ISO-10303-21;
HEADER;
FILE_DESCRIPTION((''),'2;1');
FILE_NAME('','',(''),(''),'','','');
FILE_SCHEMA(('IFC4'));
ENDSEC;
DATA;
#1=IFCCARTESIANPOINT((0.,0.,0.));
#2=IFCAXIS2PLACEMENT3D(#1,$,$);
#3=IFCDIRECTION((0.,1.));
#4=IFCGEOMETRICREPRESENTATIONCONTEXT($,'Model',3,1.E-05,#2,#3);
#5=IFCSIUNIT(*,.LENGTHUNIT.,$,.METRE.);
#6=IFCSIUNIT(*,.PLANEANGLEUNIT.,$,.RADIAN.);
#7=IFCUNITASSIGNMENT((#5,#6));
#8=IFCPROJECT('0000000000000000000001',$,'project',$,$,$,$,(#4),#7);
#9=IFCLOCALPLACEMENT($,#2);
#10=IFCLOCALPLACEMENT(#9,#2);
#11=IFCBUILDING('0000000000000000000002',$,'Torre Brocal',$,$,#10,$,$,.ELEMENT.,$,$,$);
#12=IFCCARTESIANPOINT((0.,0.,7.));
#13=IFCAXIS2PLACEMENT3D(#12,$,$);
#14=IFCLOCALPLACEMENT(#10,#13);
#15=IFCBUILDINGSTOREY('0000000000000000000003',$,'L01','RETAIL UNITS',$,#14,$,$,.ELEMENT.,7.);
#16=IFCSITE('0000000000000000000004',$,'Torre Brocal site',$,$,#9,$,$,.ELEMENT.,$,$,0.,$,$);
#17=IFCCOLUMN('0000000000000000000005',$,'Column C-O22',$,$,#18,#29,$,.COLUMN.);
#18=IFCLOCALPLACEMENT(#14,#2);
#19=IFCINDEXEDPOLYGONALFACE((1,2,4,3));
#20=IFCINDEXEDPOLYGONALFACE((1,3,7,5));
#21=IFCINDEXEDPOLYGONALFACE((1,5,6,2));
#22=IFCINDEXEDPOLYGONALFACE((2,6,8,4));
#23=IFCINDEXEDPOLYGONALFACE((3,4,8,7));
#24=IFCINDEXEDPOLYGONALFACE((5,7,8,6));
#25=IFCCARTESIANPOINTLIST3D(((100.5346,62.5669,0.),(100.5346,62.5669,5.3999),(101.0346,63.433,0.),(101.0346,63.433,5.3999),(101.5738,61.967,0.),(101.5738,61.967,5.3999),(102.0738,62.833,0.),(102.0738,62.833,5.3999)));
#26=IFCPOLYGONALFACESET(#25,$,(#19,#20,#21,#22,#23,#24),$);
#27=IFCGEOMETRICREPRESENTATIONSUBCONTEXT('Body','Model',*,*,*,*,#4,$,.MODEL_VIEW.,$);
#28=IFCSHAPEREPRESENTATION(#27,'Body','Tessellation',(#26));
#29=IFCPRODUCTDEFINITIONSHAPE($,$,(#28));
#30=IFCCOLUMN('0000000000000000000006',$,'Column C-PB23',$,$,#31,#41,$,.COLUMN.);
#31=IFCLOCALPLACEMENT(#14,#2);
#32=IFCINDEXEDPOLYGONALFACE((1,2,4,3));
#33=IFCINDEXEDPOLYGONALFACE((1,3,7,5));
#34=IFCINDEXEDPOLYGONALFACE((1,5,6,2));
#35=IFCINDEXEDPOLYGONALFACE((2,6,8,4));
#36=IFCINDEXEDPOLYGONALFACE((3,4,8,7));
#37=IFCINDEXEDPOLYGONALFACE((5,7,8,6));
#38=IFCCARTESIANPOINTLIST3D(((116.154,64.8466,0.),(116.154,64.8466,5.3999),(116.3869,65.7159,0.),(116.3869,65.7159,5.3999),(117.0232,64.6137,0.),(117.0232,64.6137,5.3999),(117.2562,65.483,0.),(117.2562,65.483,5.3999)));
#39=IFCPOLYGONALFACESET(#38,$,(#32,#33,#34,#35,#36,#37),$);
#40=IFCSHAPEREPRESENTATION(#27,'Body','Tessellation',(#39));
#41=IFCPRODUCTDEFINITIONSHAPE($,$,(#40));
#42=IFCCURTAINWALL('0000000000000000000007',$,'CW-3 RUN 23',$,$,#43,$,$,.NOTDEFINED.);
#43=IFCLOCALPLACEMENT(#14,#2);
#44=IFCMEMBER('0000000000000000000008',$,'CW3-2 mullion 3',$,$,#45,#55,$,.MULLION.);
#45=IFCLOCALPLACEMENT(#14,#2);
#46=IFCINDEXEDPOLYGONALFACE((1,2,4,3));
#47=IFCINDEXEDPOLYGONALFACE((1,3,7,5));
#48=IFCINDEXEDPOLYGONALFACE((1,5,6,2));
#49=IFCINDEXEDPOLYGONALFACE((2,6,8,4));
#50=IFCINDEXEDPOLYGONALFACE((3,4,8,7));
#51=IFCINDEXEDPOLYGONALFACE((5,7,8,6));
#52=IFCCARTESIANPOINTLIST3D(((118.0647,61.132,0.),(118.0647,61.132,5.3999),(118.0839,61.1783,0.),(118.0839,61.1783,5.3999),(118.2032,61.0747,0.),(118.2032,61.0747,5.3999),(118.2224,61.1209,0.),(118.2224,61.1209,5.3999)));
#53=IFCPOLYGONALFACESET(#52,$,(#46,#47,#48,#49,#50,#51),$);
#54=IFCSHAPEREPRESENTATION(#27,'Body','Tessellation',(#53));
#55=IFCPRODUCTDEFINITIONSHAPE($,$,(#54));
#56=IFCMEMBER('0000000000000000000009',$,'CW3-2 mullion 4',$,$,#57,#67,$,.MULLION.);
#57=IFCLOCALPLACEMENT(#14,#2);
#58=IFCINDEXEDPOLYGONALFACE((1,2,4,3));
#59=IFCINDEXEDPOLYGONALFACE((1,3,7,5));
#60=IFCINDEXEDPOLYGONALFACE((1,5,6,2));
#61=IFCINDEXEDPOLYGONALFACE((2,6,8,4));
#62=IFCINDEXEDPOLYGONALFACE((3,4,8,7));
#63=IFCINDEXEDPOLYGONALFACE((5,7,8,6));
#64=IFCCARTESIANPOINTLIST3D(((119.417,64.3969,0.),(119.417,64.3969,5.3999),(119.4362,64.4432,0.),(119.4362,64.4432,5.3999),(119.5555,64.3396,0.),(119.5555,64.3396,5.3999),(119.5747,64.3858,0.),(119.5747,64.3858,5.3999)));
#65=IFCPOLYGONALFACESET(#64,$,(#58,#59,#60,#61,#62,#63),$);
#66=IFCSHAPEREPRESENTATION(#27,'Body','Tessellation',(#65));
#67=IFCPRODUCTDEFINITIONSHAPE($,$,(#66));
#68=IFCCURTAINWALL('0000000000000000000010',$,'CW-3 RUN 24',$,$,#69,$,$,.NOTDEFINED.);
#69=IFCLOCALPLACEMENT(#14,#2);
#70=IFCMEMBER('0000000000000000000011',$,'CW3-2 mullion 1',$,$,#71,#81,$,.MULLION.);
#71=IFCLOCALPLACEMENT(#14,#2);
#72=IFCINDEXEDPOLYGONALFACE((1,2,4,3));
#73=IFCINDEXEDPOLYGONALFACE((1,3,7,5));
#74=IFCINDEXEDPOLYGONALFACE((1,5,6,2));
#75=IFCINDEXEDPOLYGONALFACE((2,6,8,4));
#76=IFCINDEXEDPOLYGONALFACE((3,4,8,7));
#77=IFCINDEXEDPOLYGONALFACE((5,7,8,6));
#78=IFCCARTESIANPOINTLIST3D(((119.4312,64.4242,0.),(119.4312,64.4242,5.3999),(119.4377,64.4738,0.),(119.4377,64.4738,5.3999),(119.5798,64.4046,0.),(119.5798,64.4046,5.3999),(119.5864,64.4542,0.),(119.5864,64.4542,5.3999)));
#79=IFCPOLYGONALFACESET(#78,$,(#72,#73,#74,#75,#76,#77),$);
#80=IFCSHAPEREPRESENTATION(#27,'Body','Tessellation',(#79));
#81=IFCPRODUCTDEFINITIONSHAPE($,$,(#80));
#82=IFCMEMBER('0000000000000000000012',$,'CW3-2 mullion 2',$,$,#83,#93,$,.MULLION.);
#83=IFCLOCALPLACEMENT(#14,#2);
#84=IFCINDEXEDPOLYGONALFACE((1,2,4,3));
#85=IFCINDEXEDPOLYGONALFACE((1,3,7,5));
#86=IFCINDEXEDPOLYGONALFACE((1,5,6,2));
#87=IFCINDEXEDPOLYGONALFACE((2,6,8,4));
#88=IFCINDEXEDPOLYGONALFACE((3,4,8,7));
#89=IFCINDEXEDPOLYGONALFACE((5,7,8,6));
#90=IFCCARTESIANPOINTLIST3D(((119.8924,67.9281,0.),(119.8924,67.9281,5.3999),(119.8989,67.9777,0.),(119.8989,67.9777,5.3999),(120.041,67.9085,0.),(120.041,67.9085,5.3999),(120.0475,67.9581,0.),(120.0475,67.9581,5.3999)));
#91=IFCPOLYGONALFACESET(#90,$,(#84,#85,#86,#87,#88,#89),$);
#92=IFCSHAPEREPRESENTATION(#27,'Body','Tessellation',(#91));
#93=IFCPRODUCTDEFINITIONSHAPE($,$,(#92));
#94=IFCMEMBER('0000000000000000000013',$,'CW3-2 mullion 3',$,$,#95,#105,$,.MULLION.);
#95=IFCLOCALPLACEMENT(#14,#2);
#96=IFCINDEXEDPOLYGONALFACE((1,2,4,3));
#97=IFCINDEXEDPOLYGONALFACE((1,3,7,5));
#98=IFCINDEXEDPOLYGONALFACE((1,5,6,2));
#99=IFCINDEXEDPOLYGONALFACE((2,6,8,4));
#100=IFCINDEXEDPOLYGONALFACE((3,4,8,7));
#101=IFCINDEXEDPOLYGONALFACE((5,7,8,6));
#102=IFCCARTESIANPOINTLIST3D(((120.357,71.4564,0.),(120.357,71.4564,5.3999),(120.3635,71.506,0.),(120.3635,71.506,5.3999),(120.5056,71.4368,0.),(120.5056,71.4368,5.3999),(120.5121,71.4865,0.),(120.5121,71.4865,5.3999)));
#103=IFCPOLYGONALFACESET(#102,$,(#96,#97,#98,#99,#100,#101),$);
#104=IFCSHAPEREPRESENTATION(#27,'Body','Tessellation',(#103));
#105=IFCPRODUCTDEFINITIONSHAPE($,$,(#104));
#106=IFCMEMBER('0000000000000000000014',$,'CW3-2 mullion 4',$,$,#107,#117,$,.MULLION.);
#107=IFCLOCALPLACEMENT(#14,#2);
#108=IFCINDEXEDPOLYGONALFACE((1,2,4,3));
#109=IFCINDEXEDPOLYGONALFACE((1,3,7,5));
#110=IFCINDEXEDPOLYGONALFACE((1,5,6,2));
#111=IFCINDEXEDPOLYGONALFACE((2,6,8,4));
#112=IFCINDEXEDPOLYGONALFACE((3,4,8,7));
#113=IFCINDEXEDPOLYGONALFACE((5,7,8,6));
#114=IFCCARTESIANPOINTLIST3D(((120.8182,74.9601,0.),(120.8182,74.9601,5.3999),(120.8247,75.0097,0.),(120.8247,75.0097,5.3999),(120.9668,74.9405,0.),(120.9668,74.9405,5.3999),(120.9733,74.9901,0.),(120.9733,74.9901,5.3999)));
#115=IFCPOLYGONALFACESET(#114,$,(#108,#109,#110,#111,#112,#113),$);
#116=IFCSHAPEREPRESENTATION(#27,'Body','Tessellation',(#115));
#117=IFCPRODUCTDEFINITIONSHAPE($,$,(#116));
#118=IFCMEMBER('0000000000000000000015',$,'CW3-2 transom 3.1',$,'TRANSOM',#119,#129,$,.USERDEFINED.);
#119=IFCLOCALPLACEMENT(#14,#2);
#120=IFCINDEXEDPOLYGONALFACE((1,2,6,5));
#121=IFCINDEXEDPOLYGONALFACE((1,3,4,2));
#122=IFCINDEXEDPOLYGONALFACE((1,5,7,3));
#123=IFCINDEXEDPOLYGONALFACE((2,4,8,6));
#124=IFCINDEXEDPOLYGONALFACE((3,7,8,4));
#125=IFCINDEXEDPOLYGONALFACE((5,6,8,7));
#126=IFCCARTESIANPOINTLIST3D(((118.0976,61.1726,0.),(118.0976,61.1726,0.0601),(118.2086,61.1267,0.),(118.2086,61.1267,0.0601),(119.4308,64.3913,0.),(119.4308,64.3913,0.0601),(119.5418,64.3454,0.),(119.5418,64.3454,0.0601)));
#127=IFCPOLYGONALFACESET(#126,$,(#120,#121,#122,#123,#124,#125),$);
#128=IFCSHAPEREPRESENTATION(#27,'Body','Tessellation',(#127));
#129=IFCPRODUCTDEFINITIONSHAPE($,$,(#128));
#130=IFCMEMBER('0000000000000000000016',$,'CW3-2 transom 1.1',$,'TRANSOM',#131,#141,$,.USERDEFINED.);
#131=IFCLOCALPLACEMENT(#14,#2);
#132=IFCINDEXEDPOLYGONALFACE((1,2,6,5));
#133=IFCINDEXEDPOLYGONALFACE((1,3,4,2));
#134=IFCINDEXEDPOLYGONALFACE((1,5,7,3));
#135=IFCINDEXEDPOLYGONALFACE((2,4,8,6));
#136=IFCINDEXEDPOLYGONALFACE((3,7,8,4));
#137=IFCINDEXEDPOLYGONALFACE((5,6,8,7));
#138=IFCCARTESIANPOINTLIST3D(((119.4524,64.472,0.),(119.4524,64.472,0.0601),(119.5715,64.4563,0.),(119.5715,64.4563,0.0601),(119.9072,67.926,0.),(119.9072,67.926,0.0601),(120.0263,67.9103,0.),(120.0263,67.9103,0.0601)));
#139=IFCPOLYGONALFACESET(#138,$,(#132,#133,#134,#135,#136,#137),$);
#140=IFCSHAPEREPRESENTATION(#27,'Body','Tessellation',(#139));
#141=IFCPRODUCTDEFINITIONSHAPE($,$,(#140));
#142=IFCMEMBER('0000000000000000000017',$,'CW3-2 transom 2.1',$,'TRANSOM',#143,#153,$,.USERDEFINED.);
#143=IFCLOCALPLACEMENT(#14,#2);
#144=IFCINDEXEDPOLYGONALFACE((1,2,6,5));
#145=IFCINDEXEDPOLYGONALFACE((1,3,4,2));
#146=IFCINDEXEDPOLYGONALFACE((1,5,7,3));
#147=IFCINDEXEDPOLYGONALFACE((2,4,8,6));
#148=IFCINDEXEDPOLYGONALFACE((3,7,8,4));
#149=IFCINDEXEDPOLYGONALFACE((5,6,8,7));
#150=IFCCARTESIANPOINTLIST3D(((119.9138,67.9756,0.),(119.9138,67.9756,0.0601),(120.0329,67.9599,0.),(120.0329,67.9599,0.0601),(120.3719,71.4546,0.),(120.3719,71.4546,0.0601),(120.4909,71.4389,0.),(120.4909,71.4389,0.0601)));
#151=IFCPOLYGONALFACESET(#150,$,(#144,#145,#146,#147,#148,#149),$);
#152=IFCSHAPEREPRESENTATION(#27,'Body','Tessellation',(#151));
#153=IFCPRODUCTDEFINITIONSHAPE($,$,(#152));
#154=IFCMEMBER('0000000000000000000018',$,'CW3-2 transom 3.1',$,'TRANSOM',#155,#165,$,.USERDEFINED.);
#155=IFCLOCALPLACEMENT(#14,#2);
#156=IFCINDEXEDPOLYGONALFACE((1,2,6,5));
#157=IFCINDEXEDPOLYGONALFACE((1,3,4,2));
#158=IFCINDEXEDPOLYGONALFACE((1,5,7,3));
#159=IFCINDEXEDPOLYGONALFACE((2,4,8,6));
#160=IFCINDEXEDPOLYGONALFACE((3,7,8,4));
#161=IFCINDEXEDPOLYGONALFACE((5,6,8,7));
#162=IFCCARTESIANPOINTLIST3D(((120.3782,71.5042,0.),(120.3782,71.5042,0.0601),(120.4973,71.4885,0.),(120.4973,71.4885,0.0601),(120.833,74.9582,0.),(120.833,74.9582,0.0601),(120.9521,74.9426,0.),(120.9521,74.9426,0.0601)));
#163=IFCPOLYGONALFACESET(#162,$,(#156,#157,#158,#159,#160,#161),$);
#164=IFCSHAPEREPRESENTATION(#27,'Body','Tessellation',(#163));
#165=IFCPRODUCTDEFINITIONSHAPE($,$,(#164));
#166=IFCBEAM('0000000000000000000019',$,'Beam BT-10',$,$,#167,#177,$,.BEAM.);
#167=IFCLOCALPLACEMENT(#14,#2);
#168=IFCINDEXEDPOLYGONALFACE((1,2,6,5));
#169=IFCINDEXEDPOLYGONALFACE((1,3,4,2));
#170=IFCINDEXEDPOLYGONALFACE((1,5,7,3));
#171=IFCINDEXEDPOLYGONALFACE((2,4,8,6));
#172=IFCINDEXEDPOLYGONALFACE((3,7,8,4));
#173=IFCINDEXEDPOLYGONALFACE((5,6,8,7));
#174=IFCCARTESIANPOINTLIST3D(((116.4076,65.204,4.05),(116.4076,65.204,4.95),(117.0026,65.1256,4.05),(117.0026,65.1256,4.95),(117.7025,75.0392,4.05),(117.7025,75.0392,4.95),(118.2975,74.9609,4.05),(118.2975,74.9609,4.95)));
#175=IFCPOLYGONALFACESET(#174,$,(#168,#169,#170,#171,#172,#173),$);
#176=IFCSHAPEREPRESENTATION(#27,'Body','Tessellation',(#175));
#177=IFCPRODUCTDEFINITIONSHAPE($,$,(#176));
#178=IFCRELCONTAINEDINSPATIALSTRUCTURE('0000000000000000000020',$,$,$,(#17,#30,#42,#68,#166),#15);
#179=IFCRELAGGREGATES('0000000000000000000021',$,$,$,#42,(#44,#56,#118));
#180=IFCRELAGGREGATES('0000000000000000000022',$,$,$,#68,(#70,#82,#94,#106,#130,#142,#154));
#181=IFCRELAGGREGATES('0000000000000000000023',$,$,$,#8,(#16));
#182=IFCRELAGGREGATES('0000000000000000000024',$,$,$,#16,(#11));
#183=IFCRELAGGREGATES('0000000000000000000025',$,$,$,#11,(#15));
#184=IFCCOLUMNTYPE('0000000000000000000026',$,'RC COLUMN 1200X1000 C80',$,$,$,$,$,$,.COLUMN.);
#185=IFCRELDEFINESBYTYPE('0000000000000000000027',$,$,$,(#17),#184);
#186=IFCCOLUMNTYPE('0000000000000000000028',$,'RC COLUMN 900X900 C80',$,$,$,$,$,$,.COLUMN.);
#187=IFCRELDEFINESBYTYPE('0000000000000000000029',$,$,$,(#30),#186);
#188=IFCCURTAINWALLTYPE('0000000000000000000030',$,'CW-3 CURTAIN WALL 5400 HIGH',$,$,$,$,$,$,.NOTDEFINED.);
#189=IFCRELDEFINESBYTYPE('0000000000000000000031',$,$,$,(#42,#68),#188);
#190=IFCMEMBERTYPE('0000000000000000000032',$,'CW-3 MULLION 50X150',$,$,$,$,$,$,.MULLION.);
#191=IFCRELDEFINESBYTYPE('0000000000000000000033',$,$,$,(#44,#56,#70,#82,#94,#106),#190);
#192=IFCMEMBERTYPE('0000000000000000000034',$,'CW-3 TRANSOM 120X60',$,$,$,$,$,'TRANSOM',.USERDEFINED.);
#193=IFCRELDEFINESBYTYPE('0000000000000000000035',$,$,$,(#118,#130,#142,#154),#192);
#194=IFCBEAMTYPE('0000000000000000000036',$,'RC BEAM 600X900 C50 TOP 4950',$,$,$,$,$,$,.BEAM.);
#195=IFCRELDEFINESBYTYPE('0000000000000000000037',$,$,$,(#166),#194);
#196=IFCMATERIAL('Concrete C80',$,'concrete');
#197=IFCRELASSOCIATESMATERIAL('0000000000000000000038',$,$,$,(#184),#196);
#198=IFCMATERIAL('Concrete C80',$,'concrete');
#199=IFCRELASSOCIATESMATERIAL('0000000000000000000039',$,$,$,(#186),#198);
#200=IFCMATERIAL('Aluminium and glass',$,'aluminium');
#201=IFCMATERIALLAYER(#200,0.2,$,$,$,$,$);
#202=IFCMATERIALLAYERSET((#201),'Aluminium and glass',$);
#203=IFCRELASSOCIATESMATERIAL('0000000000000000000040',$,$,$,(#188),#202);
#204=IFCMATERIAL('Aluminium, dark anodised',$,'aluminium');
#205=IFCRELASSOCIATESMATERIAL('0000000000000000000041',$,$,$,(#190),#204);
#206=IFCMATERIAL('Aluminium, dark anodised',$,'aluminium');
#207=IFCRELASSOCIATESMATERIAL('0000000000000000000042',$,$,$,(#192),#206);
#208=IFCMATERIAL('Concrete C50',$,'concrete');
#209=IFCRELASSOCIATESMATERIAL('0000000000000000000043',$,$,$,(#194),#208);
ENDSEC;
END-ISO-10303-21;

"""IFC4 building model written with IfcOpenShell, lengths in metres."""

from ifc_helpers import new_model, si_unit, direction, frame, origin, origin_2d, place, context, subcontext, project, spatial, rectangle, extrude, material, layer, layer_set, material_profile, profile_set, type_object, element, aggregate, save


model = new_model("IFC4")

# Units and contexts
model_context = context("Model", 3, precision=1e-05, world=origin(), true_north=direction((0.0, 1.0)))
body_context = subcontext(model_context, "Body", "Model", "MODEL_VIEW")
ifc_project = project(units=[si_unit("LENGTHUNIT", "METRE"), si_unit("PLANEANGLEUNIT", "RADIAN")], contexts=[model_context])

# Site, building, storey
site_placement = place(None, origin())
site = spatial("IfcSite", under=ifc_project, at=site_placement, Name="Torre Brocal site", CompositionType="ELEMENT", RefElevation=0.0)
building_placement = place(site_placement, origin())
building = spatial("IfcBuilding", under=site, at=building_placement, Name="Torre Brocal", CompositionType="ELEMENT")
storey_placement = place(building_placement, frame((0.0, 0.0, 7.0)))
storey = spatial("IfcBuildingStorey", under=building, at=storey_placement, Name="L01", Description="RETAIL UNITS", CompositionType="ELEMENT", Elevation=7.0)

# Columns
ifc_material_1 = material(Name="Concrete C80", Category="concrete")
ifc_material_profile_1 = material_profile(ifc_material_1, rectangle(XDim=1.2, YDim=1.0, at=origin_2d()), Name="RC 1200X1000")
ifc_profile_set_1 = profile_set([ifc_material_profile_1], Name="Concrete C80")
column_type_1 = type_object("IfcColumnType", Name="RC COLUMN 1200X1000 C80", PredefinedType="COLUMN", material=ifc_profile_set_1)
column_1_placement = place(storey_placement, frame((101.3042, 62.7, 0.0), z_axis=(0.0, 0.0, 1.0), x_axis=(0.866025, -0.5, 0.0)))
element("IfcColumn", 1, at=column_1_placement, inside=storey, type_object=column_type_1, Name="Column C-O22", PredefinedType="COLUMN", context=body_context, shape_type="SweptSolid", body=[
    extrude(rectangle(XDim=1.2, YDim=1.0, at=origin_2d()), origin(), (0.0, 0.0, 1.0), 5.3999),
])
ifc_material_2 = material(Name="Concrete C80", Category="concrete")
ifc_material_profile_2 = material_profile(ifc_material_2, rectangle(XDim=0.8999, YDim=0.8999, at=origin_2d()), Name="RC 900X900")
ifc_profile_set_2 = profile_set([ifc_material_profile_2], Name="Concrete C80")
column_type_2 = type_object("IfcColumnType", Name="RC COLUMN 900X900 C80", PredefinedType="COLUMN", material=ifc_profile_set_2)
column_2_placement = place(storey_placement, frame((116.7051, 65.1648, 0.0), z_axis=(0.0, 0.0, 1.0), x_axis=(0.965926, -0.258819, 0.0)))
element("IfcColumn", 2, at=column_2_placement, inside=storey, type_object=column_type_2, Name="Column C-PB23", PredefinedType="COLUMN", context=body_context, shape_type="SweptSolid", body=[
    extrude(rectangle(XDim=0.8999, YDim=0.8999, at=origin_2d()), origin(), (0.0, 0.0, 1.0), 5.3999),
])

# Curtain walls, members
ifc_material_3 = material(Name="Aluminium and glass", Category="aluminium")
ifc_layer_1 = layer(ifc_material_3, 0.2)
ifc_layer_set_1 = layer_set([ifc_layer_1], Name="Aluminium and glass")
curtain_wall_type = type_object("IfcCurtainWallType", Name="CW-3 CURTAIN WALL 5400 HIGH", PredefinedType="NOTDEFINED", material=ifc_layer_set_1)
curtain_wall_1_placement = place(storey_placement, origin())
curtain_wall_1 = element("IfcCurtainWall", 3, at=curtain_wall_1_placement, inside=storey, type_object=curtain_wall_type, Name="CW-3 RUN 23", PredefinedType="NOTDEFINED")
ifc_material_4 = material(Name="Aluminium, dark anodised", Category="aluminium")
ifc_material_profile_3 = material_profile(ifc_material_4, rectangle(XDim=0.1499, YDim=0.05, at=origin_2d()), Name="CW-3 MULLION 50X150")
ifc_profile_set_3 = profile_set([ifc_material_profile_3], Name="Aluminium, dark anodised")
member_type_1 = type_object("IfcMemberType", Name="CW-3 MULLION 50X150", PredefinedType="MULLION", material=ifc_profile_set_3)
member_1_placement = place(storey_placement, frame((118.1436, 61.1265, 0.0), z_axis=(0.0, 0.0, 1.0), x_axis=(-0.92388, 0.382683, 0.0)))
member_1 = element("IfcMember", 4, at=member_1_placement, type_object=member_type_1, Name="CW3-2 mullion 3", PredefinedType="MULLION", context=body_context, shape_type="SweptSolid", body=[
    extrude(rectangle(XDim=0.1499, YDim=0.05, at=origin_2d()), origin(), (0.0, 0.0, 1.0), 5.3999),
])
member_2_placement = place(storey_placement, frame((119.4958, 64.3914, 0.0), z_axis=(0.0, 0.0, 1.0), x_axis=(-0.92388, 0.382683, 0.0)))
member_2 = element("IfcMember", 5, at=member_2_placement, type_object=member_type_1, Name="CW3-2 mullion 4", PredefinedType="MULLION", context=body_context, shape_type="SweptSolid", body=[
    extrude(rectangle(XDim=0.1499, YDim=0.05, at=origin_2d()), origin(), (0.0, 0.0, 1.0), 5.3999),
])
curtain_wall_2_placement = place(storey_placement, origin())
curtain_wall_2 = element("IfcCurtainWall", 6, at=curtain_wall_2_placement, inside=storey, type_object=curtain_wall_type, Name="CW-3 RUN 24", PredefinedType="NOTDEFINED")
member_3_placement = place(storey_placement, frame((119.5088, 64.4392, 0.0), z_axis=(0.0, 0.0, 1.0), x_axis=(-0.991445, 0.130526, 0.0)))
member_3 = element("IfcMember", 7, at=member_3_placement, type_object=member_type_1, Name="CW3-2 mullion 1", PredefinedType="MULLION", context=body_context, shape_type="SweptSolid", body=[
    extrude(rectangle(XDim=0.1499, YDim=0.05, at=origin_2d()), origin(), (0.0, 0.0, 1.0), 5.3999),
])
member_4_placement = place(storey_placement, frame((119.97, 67.9431, 0.0), z_axis=(0.0, 0.0, 1.0), x_axis=(-0.991445, 0.130526, 0.0)))
member_4 = element("IfcMember", 8, at=member_4_placement, type_object=member_type_1, Name="CW3-2 mullion 2", PredefinedType="MULLION", context=body_context, shape_type="SweptSolid", body=[
    extrude(rectangle(XDim=0.1499, YDim=0.05, at=origin_2d()), origin(), (0.0, 0.0, 1.0), 5.3999),
])
member_5_placement = place(storey_placement, frame((120.4346, 71.4714, 0.0), z_axis=(0.0, 0.0, 1.0), x_axis=(-0.991445, 0.130526, 0.0)))
member_5 = element("IfcMember", 9, at=member_5_placement, type_object=member_type_1, Name="CW3-2 mullion 3", PredefinedType="MULLION", context=body_context, shape_type="SweptSolid", body=[
    extrude(rectangle(XDim=0.1499, YDim=0.05, at=origin_2d()), origin(), (0.0, 0.0, 1.0), 5.3999),
])
member_6_placement = place(storey_placement, frame((120.8958, 74.9751, 0.0), z_axis=(0.0, 0.0, 1.0), x_axis=(-0.991445, 0.130526, 0.0)))
member_6 = element("IfcMember", 10, at=member_6_placement, type_object=member_type_1, Name="CW3-2 mullion 4", PredefinedType="MULLION", context=body_context, shape_type="SweptSolid", body=[
    extrude(rectangle(XDim=0.1499, YDim=0.05, at=origin_2d()), origin(), (0.0, 0.0, 1.0), 5.3999),
])

# Members
ifc_material_5 = material(Name="Aluminium, dark anodised", Category="aluminium")
ifc_material_profile_4 = material_profile(ifc_material_5, rectangle(XDim=0.1201, YDim=0.0601, at=origin_2d()), Name="CW-3 TRANSOM 120X60")
ifc_profile_set_4 = profile_set([ifc_material_profile_4], Name="Aluminium, dark anodised")
member_type_2 = type_object("IfcMemberType", Name="CW-3 TRANSOM 120X60", ElementType="TRANSOM", PredefinedType="USERDEFINED", material=ifc_profile_set_4)
member_7_placement = place(storey_placement, frame((118.1531, 61.1497, 0.03), z_axis=(0.382684, 0.923879, 0.0), x_axis=(-0.923879, 0.382684, 0.0)))
member_7 = element("IfcMember", 11, at=member_7_placement, type_object=member_type_2, Name="CW3-2 transom 3.1", ObjectType="TRANSOM", PredefinedType="USERDEFINED", context=body_context, shape_type="SweptSolid", body=[
    extrude(rectangle(XDim=0.1201, YDim=0.0601, at=origin_2d()), origin(), (0.0, 0.0, 1.0), 3.4839),
])
member_8_placement = place(storey_placement, frame((119.512, 64.4641, 0.03), z_axis=(0.130552, 0.991441, 0.0), x_axis=(-0.991441, 0.130552, 0.0)))
member_8 = element("IfcMember", 12, at=member_8_placement, type_object=member_type_2, Name="CW3-2 transom 1.1", ObjectType="TRANSOM", PredefinedType="USERDEFINED", context=body_context, shape_type="SweptSolid", body=[
    extrude(rectangle(XDim=0.1201, YDim=0.0601, at=origin_2d()), origin(), (0.0, 0.0, 1.0), 3.4839),
])
member_9_placement = place(storey_placement, frame((119.9734, 67.9678, 0.03), z_axis=(0.130523, 0.991445, 0.0), x_axis=(-0.991445, 0.130523, 0.0)))
member_9 = element("IfcMember", 13, at=member_9_placement, type_object=member_type_2, Name="CW3-2 transom 2.1", ObjectType="TRANSOM", PredefinedType="USERDEFINED", context=body_context, shape_type="SweptSolid", body=[
    extrude(rectangle(XDim=0.1201, YDim=0.0601, at=origin_2d()), origin(), (0.0, 0.0, 1.0), 3.509),
])
member_10_placement = place(storey_placement, frame((120.4377, 71.4963, 0.03), z_axis=(0.130552, 0.991441, 0.0), x_axis=(-0.991441, 0.130552, 0.0)))
member_10 = element("IfcMember", 14, at=member_10_placement, type_object=member_type_2, Name="CW3-2 transom 3.1", ObjectType="TRANSOM", PredefinedType="USERDEFINED", context=body_context, shape_type="SweptSolid", body=[
    extrude(rectangle(XDim=0.1201, YDim=0.0601, at=origin_2d()), origin(), (0.0, 0.0, 1.0), 3.4839),
])

# Beam
ifc_material_6 = material(Name="Concrete C50", Category="concrete")
ifc_material_profile_5 = material_profile(ifc_material_6, rectangle(XDim=0.6001, YDim=0.8999, at=origin_2d()), Name="RC 600X900")
ifc_profile_set_5 = profile_set([ifc_material_profile_5], Name="Concrete C50")
beam_type_1 = type_object("IfcBeamType", Name="RC BEAM 600X900 C50 TOP 4950", PredefinedType="BEAM", material=ifc_profile_set_5)
beam_1_placement = place(storey_placement, frame((116.7051, 65.1648, 4.5), z_axis=(0.130535, 0.991444, 0.0), x_axis=(-0.991444, 0.130535, 0.0)))
element("IfcBeam", 15, at=beam_1_placement, inside=storey, type_object=beam_type_1, Name="Beam BT-10", PredefinedType="BEAM", context=body_context, shape_type="SweptSolid", body=[
    extrude(rectangle(XDim=0.6001, YDim=0.8999, at=origin_2d()), origin(), (0.0, 0.0, 1.0), 9.9202),
])

aggregate(curtain_wall_1, [member_1, member_2, member_7])
aggregate(curtain_wall_2, [member_3, member_4, member_5, member_6, member_8, member_9, member_10])

save(model, "model.ifc")
